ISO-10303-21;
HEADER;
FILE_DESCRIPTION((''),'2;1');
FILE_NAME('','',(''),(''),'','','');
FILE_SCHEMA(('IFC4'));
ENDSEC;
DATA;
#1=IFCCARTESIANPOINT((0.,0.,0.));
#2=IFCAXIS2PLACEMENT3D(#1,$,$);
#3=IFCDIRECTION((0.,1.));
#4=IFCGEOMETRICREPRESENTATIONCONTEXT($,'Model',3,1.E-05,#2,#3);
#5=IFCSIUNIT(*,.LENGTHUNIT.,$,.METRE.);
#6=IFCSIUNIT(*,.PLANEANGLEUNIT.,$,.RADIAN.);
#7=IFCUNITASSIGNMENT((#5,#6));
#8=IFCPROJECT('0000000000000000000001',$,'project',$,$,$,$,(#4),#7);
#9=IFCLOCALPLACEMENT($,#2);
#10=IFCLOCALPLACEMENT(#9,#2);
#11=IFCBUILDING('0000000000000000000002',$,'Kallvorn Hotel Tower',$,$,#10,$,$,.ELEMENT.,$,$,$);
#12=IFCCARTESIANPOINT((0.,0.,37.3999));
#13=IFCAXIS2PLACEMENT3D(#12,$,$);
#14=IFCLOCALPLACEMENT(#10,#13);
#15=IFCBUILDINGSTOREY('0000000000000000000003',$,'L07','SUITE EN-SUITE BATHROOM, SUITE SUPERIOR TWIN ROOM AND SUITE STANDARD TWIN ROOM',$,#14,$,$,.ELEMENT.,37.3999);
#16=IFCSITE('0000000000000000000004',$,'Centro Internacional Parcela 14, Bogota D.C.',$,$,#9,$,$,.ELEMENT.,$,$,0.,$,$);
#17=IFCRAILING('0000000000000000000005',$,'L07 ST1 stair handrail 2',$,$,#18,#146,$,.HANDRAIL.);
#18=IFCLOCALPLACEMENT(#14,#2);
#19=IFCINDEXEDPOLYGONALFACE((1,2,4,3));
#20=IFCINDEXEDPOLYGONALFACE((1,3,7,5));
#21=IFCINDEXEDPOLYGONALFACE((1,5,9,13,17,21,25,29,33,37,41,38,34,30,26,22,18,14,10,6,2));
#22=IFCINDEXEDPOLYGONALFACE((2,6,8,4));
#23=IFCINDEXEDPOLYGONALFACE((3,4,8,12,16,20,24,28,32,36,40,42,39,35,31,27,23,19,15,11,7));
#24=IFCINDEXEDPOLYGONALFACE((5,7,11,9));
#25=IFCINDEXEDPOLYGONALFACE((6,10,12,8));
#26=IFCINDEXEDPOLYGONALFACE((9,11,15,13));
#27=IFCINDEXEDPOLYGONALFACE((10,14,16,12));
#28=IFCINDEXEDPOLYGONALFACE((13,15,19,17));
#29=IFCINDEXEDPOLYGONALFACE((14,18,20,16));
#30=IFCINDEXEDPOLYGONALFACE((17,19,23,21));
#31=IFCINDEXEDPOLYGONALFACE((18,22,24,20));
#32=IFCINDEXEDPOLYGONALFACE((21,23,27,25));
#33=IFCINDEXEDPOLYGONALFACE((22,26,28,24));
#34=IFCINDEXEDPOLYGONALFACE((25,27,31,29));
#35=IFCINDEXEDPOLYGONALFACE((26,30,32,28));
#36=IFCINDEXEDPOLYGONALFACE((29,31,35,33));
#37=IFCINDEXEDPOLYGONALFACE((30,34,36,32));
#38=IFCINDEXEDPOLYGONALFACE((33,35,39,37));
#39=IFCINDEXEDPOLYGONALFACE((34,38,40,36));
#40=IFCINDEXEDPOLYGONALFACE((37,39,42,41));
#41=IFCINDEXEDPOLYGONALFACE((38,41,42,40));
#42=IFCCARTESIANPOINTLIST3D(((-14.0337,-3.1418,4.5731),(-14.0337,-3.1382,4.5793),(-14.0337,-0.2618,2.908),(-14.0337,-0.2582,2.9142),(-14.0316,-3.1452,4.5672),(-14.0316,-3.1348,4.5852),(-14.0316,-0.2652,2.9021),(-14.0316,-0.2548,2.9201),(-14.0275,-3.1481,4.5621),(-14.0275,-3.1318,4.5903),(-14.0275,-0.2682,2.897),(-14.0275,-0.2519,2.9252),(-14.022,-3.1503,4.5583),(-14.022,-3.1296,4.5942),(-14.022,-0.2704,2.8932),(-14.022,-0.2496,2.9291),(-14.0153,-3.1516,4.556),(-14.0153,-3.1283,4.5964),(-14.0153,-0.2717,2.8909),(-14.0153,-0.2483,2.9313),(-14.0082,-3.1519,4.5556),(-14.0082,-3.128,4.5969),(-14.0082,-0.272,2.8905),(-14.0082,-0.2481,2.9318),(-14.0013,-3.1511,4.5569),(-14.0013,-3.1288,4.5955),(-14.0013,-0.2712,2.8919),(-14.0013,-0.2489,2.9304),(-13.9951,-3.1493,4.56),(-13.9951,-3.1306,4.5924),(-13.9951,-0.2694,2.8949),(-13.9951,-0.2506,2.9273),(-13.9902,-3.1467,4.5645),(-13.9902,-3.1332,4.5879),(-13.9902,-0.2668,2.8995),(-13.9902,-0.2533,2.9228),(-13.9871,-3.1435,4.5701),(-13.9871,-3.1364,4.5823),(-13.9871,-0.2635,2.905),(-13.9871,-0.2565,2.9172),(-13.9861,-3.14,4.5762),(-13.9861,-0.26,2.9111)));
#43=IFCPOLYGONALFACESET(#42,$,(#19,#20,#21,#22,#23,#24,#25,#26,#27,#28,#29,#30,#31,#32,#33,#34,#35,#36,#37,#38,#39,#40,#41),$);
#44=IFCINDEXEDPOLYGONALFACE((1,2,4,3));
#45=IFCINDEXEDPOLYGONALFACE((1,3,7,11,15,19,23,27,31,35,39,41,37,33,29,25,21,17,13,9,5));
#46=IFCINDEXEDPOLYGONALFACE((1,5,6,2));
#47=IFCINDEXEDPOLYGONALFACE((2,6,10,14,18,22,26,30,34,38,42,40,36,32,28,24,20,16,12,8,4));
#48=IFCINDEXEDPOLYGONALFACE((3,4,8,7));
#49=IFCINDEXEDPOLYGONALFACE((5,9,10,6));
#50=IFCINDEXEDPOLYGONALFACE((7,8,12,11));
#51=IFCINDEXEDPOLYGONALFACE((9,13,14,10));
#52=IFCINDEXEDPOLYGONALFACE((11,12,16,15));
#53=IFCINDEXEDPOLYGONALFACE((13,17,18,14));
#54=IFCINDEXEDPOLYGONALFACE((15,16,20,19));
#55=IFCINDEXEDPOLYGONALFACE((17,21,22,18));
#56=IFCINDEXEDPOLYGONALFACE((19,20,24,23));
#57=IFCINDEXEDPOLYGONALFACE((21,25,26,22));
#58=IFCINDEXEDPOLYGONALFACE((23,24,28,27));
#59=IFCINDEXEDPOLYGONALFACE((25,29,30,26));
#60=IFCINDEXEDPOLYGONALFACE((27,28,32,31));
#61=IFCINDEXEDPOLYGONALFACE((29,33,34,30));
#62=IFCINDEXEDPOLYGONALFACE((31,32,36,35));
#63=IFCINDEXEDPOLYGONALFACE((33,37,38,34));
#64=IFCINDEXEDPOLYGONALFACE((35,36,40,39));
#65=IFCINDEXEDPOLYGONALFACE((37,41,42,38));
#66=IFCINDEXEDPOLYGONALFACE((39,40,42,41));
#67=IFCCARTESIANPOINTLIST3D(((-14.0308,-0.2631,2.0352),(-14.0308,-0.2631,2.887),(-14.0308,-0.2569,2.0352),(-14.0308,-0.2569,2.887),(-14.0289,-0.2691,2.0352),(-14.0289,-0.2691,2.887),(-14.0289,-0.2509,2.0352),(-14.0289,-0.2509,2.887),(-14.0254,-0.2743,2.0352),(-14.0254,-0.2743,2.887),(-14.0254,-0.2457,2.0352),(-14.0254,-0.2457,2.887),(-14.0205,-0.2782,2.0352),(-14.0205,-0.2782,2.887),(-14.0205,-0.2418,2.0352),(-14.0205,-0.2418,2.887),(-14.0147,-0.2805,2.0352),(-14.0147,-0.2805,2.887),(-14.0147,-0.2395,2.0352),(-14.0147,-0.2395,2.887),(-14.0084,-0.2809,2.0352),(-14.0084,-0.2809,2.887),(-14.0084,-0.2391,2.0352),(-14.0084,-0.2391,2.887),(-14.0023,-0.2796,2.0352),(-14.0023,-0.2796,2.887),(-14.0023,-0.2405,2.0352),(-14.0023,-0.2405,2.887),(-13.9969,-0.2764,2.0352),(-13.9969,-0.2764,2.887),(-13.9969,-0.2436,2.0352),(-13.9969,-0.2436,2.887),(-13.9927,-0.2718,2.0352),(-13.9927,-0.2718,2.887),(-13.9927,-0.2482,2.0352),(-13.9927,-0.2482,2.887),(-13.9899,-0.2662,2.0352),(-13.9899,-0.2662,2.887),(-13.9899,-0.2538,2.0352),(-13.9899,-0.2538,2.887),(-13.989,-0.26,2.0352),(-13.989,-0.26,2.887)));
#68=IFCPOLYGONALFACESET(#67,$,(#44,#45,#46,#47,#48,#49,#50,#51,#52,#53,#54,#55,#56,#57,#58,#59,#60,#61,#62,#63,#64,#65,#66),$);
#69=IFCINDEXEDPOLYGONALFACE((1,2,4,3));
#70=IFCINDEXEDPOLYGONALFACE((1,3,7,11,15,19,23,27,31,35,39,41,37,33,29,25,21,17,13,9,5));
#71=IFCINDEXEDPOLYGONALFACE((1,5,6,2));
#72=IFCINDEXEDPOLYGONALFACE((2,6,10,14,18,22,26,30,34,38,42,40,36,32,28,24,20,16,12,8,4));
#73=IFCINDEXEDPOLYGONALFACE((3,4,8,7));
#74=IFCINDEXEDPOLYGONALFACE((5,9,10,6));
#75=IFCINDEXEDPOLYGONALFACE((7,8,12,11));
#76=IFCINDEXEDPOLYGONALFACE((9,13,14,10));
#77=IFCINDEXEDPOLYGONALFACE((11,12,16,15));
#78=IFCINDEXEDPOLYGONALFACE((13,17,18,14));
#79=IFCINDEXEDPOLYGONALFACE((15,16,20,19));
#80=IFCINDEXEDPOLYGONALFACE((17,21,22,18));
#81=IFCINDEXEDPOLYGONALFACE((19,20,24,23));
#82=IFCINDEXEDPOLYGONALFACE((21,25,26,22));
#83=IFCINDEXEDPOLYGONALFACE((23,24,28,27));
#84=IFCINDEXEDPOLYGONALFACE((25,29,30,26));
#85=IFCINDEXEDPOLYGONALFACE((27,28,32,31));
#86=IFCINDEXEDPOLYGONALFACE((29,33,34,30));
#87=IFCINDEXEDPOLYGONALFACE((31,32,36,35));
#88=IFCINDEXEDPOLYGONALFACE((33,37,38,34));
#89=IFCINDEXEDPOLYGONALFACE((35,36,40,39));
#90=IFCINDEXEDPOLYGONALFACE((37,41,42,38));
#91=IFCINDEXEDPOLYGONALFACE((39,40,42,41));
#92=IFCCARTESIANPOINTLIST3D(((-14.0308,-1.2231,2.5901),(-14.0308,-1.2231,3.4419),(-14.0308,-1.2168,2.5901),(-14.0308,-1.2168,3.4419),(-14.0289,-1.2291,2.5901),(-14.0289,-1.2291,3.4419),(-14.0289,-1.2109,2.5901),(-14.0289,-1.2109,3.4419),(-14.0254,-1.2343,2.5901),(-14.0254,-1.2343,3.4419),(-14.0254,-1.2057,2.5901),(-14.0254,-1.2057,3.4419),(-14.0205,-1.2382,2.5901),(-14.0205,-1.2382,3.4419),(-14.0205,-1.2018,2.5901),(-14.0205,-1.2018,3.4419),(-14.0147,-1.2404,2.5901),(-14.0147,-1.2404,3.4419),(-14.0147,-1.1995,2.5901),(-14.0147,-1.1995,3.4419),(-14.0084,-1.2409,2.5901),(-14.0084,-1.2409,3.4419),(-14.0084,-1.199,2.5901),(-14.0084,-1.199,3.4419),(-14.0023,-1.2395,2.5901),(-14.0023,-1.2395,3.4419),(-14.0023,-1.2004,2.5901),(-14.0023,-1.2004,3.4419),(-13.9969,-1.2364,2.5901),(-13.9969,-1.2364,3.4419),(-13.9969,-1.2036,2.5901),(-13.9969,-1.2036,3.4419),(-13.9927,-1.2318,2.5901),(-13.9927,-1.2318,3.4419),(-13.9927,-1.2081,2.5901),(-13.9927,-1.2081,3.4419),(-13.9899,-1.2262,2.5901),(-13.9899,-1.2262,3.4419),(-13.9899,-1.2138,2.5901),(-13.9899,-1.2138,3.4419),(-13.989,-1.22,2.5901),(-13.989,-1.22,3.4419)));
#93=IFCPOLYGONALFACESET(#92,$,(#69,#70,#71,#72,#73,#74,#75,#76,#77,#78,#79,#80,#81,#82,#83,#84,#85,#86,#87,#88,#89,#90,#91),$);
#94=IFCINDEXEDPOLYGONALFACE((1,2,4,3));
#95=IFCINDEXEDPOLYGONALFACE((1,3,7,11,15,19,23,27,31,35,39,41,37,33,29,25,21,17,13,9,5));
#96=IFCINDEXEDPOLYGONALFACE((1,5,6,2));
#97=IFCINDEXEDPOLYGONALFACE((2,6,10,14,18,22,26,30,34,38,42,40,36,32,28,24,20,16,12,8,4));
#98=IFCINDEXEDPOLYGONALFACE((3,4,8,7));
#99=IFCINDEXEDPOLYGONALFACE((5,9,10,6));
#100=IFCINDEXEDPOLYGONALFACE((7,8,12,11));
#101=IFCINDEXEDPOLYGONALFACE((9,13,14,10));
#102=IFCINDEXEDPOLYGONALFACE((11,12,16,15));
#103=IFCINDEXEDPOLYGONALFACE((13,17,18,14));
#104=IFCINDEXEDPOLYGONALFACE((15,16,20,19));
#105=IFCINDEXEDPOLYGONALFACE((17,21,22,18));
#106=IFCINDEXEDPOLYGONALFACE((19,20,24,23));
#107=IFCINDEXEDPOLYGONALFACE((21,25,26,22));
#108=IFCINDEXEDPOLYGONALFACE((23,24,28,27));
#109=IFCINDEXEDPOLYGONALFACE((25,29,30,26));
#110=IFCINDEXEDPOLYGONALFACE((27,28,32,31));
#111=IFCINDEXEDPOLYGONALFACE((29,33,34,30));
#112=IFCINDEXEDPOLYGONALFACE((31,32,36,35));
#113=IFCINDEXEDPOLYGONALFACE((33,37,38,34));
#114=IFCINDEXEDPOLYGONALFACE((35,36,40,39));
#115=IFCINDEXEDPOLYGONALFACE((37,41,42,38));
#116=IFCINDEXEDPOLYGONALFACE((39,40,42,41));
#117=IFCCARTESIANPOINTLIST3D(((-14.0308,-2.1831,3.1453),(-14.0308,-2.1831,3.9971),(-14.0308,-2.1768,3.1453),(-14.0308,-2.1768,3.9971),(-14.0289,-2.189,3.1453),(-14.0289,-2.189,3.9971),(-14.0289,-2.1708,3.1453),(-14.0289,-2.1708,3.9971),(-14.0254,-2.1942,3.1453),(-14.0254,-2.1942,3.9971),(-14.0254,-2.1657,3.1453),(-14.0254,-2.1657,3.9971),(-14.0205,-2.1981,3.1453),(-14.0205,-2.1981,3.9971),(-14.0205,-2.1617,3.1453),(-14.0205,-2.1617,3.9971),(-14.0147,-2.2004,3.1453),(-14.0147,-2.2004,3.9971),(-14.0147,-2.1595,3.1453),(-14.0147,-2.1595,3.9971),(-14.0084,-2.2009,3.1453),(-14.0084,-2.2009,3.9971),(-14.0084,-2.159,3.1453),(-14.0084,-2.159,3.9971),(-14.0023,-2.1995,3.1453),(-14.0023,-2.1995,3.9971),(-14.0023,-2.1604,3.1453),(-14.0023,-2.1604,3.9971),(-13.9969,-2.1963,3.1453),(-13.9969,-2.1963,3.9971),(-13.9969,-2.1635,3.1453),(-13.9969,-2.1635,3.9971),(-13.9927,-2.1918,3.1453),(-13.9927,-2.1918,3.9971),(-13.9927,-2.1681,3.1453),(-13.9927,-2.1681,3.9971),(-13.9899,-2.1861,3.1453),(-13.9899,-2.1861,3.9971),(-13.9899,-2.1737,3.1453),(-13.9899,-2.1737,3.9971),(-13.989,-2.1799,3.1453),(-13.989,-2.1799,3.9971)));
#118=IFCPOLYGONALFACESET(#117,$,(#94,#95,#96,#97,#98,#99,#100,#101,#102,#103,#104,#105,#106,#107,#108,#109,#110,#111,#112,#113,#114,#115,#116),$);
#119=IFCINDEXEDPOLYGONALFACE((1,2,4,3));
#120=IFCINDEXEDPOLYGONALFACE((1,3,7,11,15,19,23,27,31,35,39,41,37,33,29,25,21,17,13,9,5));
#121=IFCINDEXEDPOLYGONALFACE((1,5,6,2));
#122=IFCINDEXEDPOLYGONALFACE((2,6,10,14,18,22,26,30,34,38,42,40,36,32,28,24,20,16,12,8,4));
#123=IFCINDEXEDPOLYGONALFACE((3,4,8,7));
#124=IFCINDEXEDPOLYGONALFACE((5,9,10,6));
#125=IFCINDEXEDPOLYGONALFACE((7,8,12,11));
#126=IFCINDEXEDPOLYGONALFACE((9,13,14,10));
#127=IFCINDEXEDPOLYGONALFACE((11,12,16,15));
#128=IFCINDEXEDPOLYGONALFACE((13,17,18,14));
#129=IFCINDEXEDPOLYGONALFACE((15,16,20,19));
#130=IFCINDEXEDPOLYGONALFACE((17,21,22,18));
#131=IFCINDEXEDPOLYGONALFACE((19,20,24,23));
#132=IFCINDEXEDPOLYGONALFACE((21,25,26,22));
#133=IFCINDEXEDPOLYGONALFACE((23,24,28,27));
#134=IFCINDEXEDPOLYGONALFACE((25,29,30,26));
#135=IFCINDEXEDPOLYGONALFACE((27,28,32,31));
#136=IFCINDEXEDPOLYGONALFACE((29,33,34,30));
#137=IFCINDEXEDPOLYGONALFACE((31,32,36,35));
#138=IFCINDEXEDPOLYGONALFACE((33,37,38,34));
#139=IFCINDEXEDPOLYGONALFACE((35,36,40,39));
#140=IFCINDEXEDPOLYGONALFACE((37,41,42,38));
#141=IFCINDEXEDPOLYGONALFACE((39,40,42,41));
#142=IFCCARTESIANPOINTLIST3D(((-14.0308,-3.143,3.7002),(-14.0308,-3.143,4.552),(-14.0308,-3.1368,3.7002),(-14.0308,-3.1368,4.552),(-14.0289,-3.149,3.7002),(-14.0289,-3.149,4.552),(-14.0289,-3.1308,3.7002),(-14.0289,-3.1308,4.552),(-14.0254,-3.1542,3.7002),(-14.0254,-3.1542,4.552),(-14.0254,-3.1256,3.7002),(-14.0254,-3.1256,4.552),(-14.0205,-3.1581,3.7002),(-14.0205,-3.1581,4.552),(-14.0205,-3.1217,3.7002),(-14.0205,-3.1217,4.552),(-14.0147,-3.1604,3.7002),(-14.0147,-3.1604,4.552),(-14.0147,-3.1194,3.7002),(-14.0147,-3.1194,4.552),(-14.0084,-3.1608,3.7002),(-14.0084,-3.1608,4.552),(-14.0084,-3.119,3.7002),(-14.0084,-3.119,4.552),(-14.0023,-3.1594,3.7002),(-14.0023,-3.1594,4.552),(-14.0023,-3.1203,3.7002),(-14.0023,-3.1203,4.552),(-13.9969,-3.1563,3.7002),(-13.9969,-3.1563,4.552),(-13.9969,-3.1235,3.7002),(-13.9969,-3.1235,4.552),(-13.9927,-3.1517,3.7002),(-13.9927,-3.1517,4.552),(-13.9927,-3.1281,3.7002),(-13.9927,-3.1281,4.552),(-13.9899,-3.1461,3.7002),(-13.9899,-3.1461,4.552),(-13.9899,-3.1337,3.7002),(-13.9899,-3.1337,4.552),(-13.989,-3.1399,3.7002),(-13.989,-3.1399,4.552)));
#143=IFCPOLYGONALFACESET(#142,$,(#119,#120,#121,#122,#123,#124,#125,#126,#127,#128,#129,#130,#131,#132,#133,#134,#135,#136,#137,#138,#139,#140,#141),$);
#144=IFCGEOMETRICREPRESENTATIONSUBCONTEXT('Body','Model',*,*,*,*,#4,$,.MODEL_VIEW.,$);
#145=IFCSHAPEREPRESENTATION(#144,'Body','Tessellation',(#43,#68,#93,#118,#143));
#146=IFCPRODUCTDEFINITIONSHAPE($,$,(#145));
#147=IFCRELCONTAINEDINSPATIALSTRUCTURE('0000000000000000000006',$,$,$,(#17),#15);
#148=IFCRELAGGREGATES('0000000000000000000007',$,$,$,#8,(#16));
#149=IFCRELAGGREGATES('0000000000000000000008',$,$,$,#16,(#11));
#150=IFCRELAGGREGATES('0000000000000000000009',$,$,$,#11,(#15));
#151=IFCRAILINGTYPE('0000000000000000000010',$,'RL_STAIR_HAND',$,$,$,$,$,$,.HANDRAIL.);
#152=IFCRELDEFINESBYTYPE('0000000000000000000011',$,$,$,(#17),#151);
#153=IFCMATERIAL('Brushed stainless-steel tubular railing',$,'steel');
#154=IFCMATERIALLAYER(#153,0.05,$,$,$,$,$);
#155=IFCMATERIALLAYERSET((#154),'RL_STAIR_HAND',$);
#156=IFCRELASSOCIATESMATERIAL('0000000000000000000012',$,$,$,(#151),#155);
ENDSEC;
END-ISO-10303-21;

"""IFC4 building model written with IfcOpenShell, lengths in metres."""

from ifc_helpers import new_model, si_unit, direction, frame, origin, origin_2d, place, context, subcontext, project, spatial, circle, extrude, material, layer, layer_set, type_object, element, save


model = new_model("IFC4")

# Units and contexts
model_context = context("Model", 3, precision=1e-05, world=origin(), true_north=direction((0.0, 1.0)))
body_context = subcontext(model_context, "Body", "Model", "MODEL_VIEW")
ifc_project = project(units=[si_unit("LENGTHUNIT", "METRE"), si_unit("PLANEANGLEUNIT", "RADIAN")], contexts=[model_context])

# Site, building, storey
site_placement = place(None, origin())
site = spatial("IfcSite", under=ifc_project, at=site_placement, Name="Centro Internacional Parcela 14, Bogota D.C.", CompositionType="ELEMENT", RefElevation=0.0)
building_placement = place(site_placement, origin())
building = spatial("IfcBuilding", under=site, at=building_placement, Name="Kallvorn Hotel Tower", CompositionType="ELEMENT")
storey_placement = place(building_placement, frame((0.0, 0.0, 37.3999)))
storey = spatial("IfcBuildingStorey", under=building, at=storey_placement, Name="L07", Description="SUITE EN-SUITE BATHROOM, SUITE SUPERIOR TWIN ROOM AND SUITE STANDARD TWIN ROOM", CompositionType="ELEMENT", Elevation=37.3999)

# Railing
ifc_material_1 = material(Name="Brushed stainless-steel tubular railing", Category="steel")
ifc_layer_1 = layer(ifc_material_1, 0.05)
ifc_layer_set_1 = layer_set([ifc_layer_1], Name="RL_STAIR_HAND")
railing_type_1 = type_object("IfcRailingType", Name="RL_STAIR_HAND", PredefinedType="HANDRAIL", material=ifc_layer_set_1)
railing_1_placement = place(storey_placement, frame((-14.01, -0.26, 2.0352)))
element("IfcRailing", 1, at=railing_1_placement, inside=storey, type_object=railing_type_1, Name="L07 ST1 stair handrail 2", PredefinedType="HANDRAIL", context=body_context, shape_type="SweptSolid", body=[
    extrude(circle(Radius=0.0239, at=origin_2d()), frame((0.0, 0.0, 0.876), z_axis=(0.0, -0.865721, 0.500527), x_axis=(1.0, 0.0, 0.0)), (0.0, 0.0, 1.0), 3.3267),
    extrude(circle(Radius=0.021, at=origin_2d()), origin(), (0.0, 0.0, 1.0), 0.8518),
    extrude(circle(Radius=0.021, at=origin_2d()), frame((0.0, -0.96, 0.5549)), (0.0, 0.0, 1.0), 0.8518),
    extrude(circle(Radius=0.021, at=origin_2d()), frame((0.0, -1.9199, 1.1101)), (0.0, 0.0, 1.0), 0.8518),
    extrude(circle(Radius=0.021, at=origin_2d()), frame((0.0, -2.8799, 1.665)), (0.0, 0.0, 1.0), 0.8518),
])

save(model, "model.ifc")
